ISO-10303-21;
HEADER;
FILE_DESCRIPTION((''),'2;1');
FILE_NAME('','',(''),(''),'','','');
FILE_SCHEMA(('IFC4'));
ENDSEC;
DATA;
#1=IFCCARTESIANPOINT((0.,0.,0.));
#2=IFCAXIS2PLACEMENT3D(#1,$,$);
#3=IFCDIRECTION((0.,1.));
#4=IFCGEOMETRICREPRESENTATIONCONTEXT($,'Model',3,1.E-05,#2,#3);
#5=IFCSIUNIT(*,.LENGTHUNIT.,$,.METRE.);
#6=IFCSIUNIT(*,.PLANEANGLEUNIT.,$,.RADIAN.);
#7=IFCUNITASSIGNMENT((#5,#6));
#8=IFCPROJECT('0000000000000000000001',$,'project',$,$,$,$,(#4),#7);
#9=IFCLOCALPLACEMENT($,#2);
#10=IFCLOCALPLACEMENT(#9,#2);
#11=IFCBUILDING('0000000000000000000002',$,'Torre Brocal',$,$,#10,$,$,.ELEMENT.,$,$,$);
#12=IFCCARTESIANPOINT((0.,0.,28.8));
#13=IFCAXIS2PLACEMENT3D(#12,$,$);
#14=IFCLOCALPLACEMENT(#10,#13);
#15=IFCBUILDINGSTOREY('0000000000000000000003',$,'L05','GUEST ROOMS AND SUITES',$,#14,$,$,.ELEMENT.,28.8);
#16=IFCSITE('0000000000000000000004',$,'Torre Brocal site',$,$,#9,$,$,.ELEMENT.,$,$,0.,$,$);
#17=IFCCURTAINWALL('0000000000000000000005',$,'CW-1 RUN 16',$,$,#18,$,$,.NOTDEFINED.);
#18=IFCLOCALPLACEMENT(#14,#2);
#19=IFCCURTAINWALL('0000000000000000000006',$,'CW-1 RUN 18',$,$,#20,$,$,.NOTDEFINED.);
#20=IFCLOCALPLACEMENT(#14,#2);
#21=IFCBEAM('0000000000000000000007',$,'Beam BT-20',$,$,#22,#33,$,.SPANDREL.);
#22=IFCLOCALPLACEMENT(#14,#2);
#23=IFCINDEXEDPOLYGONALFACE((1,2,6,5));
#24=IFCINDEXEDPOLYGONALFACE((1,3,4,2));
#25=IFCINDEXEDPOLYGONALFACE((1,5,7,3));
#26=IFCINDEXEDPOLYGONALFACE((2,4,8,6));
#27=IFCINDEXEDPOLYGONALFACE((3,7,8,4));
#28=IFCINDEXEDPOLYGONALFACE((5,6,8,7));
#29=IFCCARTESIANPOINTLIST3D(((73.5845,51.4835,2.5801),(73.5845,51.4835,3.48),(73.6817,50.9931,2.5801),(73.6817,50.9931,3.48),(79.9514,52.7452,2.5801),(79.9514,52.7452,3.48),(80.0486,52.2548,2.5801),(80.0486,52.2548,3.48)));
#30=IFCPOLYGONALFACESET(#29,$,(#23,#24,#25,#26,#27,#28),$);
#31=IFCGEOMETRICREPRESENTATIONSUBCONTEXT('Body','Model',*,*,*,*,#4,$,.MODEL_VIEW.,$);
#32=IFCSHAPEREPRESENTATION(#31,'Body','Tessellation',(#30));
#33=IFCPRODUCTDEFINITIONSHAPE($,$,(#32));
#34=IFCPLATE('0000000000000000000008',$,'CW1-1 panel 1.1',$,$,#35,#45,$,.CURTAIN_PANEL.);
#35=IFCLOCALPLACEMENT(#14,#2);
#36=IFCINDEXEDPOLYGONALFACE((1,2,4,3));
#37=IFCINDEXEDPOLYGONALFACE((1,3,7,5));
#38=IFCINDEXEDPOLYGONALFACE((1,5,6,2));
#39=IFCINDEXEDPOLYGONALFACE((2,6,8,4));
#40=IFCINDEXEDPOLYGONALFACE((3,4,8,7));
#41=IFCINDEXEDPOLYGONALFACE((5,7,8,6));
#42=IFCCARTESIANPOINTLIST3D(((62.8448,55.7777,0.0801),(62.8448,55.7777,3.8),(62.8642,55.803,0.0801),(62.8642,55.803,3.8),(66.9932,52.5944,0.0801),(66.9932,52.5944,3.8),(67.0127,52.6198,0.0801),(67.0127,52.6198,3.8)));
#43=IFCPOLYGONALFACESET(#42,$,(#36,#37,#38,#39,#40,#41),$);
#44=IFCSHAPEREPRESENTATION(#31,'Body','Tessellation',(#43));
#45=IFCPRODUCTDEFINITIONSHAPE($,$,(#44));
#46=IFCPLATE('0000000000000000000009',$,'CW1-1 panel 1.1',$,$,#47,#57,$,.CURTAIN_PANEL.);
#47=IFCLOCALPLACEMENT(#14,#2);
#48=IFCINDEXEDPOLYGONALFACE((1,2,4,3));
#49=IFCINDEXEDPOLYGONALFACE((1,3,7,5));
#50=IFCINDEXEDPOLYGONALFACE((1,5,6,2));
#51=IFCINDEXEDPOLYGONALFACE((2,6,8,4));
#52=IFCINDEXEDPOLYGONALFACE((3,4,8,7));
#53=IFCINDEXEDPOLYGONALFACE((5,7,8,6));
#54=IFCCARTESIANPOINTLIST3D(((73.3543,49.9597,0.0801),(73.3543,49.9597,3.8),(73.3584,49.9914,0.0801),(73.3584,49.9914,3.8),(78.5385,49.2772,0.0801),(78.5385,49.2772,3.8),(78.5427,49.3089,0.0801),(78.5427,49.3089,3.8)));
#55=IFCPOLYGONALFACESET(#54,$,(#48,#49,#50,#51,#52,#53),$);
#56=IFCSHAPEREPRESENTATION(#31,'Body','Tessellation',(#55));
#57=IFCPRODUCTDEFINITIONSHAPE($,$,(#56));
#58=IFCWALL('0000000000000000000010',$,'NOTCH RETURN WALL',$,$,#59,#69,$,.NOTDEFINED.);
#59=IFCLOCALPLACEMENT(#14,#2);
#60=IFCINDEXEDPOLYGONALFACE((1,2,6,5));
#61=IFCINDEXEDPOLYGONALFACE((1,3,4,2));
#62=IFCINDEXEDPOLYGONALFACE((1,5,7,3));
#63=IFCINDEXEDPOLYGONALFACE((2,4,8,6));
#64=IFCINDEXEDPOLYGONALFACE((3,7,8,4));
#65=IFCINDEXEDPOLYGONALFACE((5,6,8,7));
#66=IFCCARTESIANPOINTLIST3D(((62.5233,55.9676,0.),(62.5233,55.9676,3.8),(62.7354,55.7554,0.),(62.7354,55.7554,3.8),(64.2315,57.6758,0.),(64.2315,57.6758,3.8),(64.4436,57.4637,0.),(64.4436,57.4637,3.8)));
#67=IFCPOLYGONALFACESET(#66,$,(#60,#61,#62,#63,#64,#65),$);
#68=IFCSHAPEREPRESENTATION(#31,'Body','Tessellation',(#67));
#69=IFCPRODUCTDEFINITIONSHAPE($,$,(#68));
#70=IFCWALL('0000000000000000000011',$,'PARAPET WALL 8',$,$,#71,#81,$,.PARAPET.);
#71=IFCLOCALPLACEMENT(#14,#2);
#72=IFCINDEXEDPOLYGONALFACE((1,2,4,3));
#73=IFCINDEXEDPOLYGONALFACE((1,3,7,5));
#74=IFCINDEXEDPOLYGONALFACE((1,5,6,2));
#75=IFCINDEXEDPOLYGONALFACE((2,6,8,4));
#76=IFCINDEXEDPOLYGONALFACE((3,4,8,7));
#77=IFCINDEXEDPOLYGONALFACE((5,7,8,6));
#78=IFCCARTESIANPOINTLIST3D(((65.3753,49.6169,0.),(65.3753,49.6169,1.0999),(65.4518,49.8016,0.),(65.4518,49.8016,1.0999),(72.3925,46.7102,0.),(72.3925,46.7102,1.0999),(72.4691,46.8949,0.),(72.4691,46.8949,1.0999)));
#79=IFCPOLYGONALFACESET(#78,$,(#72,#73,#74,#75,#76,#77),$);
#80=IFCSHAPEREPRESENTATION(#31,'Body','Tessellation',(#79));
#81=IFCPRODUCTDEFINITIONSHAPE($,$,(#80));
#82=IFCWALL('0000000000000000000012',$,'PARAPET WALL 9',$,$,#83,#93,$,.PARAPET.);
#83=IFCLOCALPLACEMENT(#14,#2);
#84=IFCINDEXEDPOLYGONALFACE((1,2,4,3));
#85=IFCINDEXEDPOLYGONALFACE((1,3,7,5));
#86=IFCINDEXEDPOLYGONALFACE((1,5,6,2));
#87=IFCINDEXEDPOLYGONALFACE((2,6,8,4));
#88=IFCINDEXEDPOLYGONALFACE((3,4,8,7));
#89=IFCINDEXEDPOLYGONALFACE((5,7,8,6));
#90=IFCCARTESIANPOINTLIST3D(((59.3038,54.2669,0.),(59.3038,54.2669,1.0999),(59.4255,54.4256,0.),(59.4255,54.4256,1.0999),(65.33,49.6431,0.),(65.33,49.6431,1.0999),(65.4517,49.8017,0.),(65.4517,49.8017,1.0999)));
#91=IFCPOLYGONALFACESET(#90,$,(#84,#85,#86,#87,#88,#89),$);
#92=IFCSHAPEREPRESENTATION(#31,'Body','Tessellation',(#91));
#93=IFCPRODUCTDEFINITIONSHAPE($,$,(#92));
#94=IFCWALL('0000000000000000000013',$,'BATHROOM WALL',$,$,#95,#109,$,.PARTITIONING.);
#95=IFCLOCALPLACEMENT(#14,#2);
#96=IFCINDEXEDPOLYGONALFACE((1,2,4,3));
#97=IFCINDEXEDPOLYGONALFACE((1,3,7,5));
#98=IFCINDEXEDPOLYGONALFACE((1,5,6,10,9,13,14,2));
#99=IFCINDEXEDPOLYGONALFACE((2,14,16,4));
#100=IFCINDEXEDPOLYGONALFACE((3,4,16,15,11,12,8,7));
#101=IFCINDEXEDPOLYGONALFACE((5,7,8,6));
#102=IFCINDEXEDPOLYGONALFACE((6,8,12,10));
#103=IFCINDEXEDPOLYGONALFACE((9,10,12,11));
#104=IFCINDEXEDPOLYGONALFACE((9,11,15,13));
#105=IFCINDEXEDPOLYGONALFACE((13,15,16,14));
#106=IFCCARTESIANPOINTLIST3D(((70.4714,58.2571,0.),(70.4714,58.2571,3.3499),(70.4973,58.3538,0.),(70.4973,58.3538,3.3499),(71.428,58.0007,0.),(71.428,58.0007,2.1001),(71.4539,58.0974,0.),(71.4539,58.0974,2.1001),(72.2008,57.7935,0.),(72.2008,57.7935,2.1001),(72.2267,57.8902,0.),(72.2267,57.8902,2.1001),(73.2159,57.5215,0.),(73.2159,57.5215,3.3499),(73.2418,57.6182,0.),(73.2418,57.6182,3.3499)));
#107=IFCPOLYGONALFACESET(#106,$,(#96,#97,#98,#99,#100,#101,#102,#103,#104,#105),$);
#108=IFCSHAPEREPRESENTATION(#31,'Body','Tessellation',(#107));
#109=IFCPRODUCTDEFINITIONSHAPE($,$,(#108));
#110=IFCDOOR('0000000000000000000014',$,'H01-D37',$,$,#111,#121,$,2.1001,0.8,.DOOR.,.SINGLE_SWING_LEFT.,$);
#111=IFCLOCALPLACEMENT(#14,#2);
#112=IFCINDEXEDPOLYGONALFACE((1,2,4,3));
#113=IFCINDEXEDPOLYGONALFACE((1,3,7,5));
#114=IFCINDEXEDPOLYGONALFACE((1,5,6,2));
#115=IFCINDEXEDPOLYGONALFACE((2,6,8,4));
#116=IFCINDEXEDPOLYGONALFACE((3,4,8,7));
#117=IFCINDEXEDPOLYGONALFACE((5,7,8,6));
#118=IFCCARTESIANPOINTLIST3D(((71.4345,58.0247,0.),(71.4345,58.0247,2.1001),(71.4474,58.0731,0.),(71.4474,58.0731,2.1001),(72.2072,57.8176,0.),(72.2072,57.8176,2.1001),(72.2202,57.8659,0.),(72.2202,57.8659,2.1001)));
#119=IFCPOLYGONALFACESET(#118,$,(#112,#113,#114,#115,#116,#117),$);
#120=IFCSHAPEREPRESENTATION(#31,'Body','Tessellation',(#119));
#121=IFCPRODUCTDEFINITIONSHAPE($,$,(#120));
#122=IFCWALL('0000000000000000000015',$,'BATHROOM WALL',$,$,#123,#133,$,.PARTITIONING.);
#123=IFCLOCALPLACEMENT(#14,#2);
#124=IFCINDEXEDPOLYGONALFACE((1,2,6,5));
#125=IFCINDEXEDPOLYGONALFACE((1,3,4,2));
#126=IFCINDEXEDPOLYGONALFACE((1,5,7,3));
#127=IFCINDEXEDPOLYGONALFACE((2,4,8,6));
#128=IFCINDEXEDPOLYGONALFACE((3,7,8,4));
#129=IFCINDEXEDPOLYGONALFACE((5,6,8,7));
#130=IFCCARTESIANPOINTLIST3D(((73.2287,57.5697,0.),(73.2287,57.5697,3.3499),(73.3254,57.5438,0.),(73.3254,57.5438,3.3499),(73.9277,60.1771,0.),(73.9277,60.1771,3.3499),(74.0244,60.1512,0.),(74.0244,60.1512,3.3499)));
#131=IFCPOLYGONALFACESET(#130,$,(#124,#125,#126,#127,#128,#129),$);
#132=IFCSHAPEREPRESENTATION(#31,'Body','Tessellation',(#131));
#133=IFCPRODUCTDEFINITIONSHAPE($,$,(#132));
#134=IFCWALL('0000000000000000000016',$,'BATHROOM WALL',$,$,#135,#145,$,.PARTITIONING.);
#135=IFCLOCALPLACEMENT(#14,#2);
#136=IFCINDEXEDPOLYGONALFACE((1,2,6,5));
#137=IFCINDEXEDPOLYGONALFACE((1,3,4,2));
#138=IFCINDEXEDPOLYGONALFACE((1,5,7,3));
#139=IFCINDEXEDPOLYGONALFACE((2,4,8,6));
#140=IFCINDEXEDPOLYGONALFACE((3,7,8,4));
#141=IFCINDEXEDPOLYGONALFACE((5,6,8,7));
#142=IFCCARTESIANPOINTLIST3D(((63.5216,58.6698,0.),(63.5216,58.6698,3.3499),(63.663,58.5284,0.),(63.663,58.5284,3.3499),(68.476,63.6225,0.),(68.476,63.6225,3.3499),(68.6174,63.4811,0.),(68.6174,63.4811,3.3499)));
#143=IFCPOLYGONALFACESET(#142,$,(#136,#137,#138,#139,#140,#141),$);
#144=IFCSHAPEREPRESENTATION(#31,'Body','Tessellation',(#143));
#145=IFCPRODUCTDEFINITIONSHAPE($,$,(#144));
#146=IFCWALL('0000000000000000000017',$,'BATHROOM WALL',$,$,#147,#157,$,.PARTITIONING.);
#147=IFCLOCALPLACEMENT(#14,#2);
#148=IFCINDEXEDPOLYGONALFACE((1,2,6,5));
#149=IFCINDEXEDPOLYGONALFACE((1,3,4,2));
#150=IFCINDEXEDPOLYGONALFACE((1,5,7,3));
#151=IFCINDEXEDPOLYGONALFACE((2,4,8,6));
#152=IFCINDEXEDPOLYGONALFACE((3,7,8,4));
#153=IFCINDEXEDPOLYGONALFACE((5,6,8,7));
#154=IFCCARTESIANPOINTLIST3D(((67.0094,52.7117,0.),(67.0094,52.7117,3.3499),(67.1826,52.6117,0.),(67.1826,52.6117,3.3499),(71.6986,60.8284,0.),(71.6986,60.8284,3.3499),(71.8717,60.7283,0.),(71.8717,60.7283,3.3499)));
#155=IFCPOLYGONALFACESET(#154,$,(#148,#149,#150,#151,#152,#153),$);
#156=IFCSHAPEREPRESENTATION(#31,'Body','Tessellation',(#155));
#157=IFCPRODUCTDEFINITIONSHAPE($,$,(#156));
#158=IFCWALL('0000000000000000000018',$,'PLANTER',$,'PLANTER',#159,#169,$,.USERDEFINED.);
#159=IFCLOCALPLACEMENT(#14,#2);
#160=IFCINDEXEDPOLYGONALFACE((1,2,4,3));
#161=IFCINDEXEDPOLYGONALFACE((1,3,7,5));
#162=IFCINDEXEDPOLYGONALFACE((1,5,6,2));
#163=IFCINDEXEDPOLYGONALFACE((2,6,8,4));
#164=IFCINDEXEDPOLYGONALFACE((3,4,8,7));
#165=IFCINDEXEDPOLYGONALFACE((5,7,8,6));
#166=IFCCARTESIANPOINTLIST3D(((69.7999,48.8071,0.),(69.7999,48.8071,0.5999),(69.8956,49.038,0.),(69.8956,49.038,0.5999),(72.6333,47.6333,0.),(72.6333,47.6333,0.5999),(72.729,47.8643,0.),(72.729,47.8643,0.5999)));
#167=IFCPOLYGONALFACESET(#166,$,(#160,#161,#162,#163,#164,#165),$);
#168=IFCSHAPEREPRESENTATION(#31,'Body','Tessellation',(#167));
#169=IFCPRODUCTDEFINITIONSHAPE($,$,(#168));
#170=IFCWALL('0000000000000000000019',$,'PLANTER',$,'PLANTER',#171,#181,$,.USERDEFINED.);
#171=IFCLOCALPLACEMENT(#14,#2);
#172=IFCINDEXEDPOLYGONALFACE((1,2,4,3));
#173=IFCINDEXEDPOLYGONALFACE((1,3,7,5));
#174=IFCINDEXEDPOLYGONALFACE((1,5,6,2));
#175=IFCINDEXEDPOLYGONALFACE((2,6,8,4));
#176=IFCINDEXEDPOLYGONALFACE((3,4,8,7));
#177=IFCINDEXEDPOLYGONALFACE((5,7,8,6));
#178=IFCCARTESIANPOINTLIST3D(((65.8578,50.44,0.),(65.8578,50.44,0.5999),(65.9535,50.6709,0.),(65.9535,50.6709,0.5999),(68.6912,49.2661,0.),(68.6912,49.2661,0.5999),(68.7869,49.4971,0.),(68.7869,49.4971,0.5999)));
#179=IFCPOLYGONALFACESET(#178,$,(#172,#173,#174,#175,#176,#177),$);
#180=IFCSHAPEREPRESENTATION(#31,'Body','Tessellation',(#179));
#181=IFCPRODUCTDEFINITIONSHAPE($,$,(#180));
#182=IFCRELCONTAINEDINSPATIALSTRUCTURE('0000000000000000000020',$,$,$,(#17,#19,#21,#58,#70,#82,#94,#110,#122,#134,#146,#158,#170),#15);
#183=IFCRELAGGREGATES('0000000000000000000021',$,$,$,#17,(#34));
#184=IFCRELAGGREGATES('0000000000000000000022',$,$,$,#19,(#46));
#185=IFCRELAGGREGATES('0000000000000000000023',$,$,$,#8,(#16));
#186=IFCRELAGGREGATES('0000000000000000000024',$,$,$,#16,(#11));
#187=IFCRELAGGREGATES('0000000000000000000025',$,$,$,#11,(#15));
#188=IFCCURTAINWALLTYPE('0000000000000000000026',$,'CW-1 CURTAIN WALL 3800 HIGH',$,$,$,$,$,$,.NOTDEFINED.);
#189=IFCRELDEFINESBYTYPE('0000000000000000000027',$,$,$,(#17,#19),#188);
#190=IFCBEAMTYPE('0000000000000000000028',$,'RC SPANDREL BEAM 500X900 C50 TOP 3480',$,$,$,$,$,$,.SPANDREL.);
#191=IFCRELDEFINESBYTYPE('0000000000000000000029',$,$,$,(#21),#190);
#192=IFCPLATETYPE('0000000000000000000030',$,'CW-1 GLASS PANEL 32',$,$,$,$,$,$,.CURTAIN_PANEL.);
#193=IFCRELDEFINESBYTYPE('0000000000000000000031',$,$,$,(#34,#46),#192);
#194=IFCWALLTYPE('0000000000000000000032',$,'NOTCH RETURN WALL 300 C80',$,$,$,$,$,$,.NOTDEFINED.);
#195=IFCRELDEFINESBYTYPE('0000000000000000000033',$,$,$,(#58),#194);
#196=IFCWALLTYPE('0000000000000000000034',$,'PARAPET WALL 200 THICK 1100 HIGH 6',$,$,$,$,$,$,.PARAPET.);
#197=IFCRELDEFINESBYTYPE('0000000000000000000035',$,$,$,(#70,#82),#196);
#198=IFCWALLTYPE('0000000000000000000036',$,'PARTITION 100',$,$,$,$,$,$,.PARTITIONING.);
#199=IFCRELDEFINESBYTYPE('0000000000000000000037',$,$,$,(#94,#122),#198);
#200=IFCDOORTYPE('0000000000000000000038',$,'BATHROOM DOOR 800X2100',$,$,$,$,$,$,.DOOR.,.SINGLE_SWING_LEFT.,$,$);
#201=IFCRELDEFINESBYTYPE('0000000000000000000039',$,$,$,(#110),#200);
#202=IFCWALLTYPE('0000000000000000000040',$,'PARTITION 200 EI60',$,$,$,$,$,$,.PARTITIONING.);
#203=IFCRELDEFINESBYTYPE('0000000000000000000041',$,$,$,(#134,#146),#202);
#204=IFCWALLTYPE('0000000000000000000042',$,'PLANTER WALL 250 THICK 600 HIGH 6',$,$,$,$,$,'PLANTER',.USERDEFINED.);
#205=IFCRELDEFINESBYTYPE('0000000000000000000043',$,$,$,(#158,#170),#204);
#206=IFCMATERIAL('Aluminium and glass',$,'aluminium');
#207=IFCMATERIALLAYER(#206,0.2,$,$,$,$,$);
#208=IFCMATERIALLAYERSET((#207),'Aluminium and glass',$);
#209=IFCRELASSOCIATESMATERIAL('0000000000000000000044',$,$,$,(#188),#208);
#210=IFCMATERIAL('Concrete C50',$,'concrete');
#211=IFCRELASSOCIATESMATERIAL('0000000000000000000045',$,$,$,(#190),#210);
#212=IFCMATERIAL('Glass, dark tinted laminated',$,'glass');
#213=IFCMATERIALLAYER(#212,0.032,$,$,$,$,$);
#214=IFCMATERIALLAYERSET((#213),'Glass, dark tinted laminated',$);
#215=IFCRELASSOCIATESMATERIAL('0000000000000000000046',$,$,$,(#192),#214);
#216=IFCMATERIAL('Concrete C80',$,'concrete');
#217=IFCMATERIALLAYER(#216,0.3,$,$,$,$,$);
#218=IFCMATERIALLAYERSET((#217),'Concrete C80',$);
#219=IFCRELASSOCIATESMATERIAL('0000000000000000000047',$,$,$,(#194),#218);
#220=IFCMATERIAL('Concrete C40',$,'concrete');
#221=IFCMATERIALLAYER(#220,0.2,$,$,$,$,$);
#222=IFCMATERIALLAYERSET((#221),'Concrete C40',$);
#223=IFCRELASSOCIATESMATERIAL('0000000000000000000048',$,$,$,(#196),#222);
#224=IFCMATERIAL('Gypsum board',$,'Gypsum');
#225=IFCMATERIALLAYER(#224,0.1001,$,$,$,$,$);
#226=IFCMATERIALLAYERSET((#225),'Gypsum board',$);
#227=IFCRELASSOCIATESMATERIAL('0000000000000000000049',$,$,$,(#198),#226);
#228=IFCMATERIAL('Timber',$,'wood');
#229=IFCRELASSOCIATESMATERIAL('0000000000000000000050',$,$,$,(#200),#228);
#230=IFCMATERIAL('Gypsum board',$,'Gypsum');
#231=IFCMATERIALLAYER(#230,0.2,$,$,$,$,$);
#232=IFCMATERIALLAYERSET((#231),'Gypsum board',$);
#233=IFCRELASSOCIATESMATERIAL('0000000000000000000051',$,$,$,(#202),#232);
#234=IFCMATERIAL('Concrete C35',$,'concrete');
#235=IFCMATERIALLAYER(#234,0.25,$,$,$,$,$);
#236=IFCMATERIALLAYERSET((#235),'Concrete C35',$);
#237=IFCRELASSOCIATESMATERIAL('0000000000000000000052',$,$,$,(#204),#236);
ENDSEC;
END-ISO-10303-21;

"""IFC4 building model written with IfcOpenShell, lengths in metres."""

from ifc_helpers import new_model, si_unit, direction, frame, frame_2d, origin, origin_2d, place, context, subcontext, project, spatial, rectangle, extrude, material, layer, layer_set, material_profile, profile_set, type_object, element, fill, aggregate, save


model = new_model("IFC4")

# Units and contexts
model_context = context("Model", 3, precision=1e-05, world=origin(), true_north=direction((0.0, 1.0)))
body_context = subcontext(model_context, "Body", "Model", "MODEL_VIEW")
ifc_project = project(units=[si_unit("LENGTHUNIT", "METRE"), si_unit("PLANEANGLEUNIT", "RADIAN")], contexts=[model_context])

# Site, building, storey
site_placement = place(None, origin())
site = spatial("IfcSite", under=ifc_project, at=site_placement, Name="Torre Brocal site", CompositionType="ELEMENT", RefElevation=0.0)
building_placement = place(site_placement, origin())
building = spatial("IfcBuilding", under=site, at=building_placement, Name="Torre Brocal", CompositionType="ELEMENT")
storey_placement = place(building_placement, frame((0.0, 0.0, 28.8)))
storey = spatial("IfcBuildingStorey", under=building, at=storey_placement, Name="L05", Description="GUEST ROOMS AND SUITES", CompositionType="ELEMENT", Elevation=28.8)

# Shared definitions
ifc_material_1 = material(Name="Aluminium and glass", Category="aluminium")
ifc_layer_1 = layer(ifc_material_1, 0.2)
ifc_layer_set_1 = layer_set([ifc_layer_1], Name="Aluminium and glass")
curtain_wall_type = type_object("IfcCurtainWallType", Name="CW-1 CURTAIN WALL 3800 HIGH", PredefinedType="NOTDEFINED", material=ifc_layer_set_1)

# Curtain wall
curtain_wall_1_placement = place(storey_placement, origin())
curtain_wall_1 = element("IfcCurtainWall", 1, at=curtain_wall_1_placement, inside=storey, type_object=curtain_wall_type, Name="CW-1 RUN 16", PredefinedType="NOTDEFINED")

# Curtain wall
curtain_wall_2_placement = place(storey_placement, origin())
curtain_wall_2 = element("IfcCurtainWall", 2, at=curtain_wall_2_placement, inside=storey, type_object=curtain_wall_type, Name="CW-1 RUN 18", PredefinedType="NOTDEFINED")

# Beam
ifc_material_2 = material(Name="Concrete C50", Category="concrete")
ifc_material_profile_1 = material_profile(ifc_material_2, rectangle(XDim=0.5, YDim=0.8999, at=origin_2d()), Name="RC 500X900")
ifc_profile_set_1 = profile_set([ifc_material_profile_1], Name="Concrete C50")
beam_type_1 = type_object("IfcBeamType", Name="RC SPANDREL BEAM 500X900 C50 TOP 3480", PredefinedType="SPANDREL", material=ifc_profile_set_1)
beam_1_placement = place(storey_placement, frame((73.6331, 51.2383, 3.03), z_axis=(0.980925, 0.194387, 0.0), x_axis=(-0.194387, 0.980925, 0.0)))
element("IfcBeam", 3, at=beam_1_placement, inside=storey, type_object=beam_type_1, Name="Beam BT-20", PredefinedType="SPANDREL", context=body_context, shape_type="SweptSolid", body=[
    extrude(rectangle(XDim=0.5, YDim=0.8999, at=origin_2d()), origin(), (0.0, 0.0, 1.0), 6.4907),
])

# Plates
ifc_material_3 = material(Name="Glass, dark tinted laminated", Category="glass")
ifc_layer_2 = layer(ifc_material_3, 0.032)
ifc_layer_set_2 = layer_set([ifc_layer_2], Name="Glass, dark tinted laminated")
plate_type = type_object("IfcPlateType", Name="CW-1 GLASS PANEL 32", PredefinedType="CURTAIN_PANEL", material=ifc_layer_set_2)
plate_1_placement = place(storey_placement, frame((64.9287, 54.1987, 0.0801), z_axis=(0.0, 0.0, 1.0), x_axis=(0.793353, -0.608761, 0.0)))
plate_1 = element("IfcPlate", 4, at=plate_1_placement, type_object=plate_type, Name="CW1-1 panel 1.1", PredefinedType="CURTAIN_PANEL", context=body_context, shape_type="SweptSolid", body=[
    extrude(rectangle(XDim=5.229, YDim=0.032, at=origin_2d()), origin(), (0.0, 0.0, 1.0), 3.72),
])
aggregate(curtain_wall_1, [plate_1])
plate_2_placement = place(storey_placement, frame((75.9485, 49.6343, 0.0801), z_axis=(0.0, 0.0, 1.0), x_axis=(0.991445, -0.130526, 0.0)))
plate_2 = element("IfcPlate", 5, at=plate_2_placement, type_object=plate_type, Name="CW1-1 panel 1.1", PredefinedType="CURTAIN_PANEL", context=body_context, shape_type="SweptSolid", body=[
    extrude(rectangle(XDim=5.229, YDim=0.032, at=origin_2d()), origin(), (0.0, 0.0, 1.0), 3.72),
])
aggregate(curtain_wall_2, [plate_2])

# Walls
ifc_material_4 = material(Name="Concrete C80", Category="concrete")
ifc_layer_3 = layer(ifc_material_4, 0.3)
ifc_layer_set_3 = layer_set([ifc_layer_3], Name="Concrete C80")
wall_type_1 = type_object("IfcWallType", Name="NOTCH RETURN WALL 300 C80", PredefinedType="NOTDEFINED", material=ifc_layer_set_3)
wall_1_placement = place(storey_placement, frame((64.3376, 57.5698, 0.0), z_axis=(0.0, 0.0, 1.0), x_axis=(-0.707107, -0.707107, 0.0)))
element("IfcWall", 6, at=wall_1_placement, inside=storey, type_object=wall_type_1, Name="NOTCH RETURN WALL", PredefinedType="NOTDEFINED", context=body_context, shape_type="SweptSolid", body=[
    extrude(rectangle(XDim=2.4158, YDim=0.3, at=frame_2d((1.208, 0.0))), origin(), (0.0, 0.0, 1.0), 3.8),
])
ifc_material_5 = material(Name="Concrete C40", Category="concrete")
ifc_layer_4 = layer(ifc_material_5, 0.2)
ifc_layer_set_4 = layer_set([ifc_layer_4], Name="Concrete C40")
wall_type_2 = type_object("IfcWallType", Name="PARAPET WALL 200 THICK 1100 HIGH 6", PredefinedType="PARAPET", material=ifc_layer_set_4)
wall_2_placement = place(storey_placement, frame((72.4309, 46.8025, 0.0), z_axis=(0.0, 0.0, 1.0), x_axis=(-0.923877, 0.382691, 0.0)))
element("IfcWall", 7, at=wall_2_placement, inside=storey, type_object=wall_type_2, Name="PARAPET WALL 8", PredefinedType="PARAPET", context=body_context, shape_type="SweptSolid", body=[
    extrude(rectangle(XDim=7.5955, YDim=0.2, at=frame_2d((3.7979, 0.0))), origin(), (0.0, 0.0, 1.0), 1.0999),
])
wall_3_placement = place(storey_placement, frame((65.3909, 49.7224, 0.0), z_axis=(0.0, 0.0, 1.0), x_axis=(-0.793368, 0.608743, 0.0)))
element("IfcWall", 8, at=wall_3_placement, inside=storey, type_object=wall_type_2, Name="PARAPET WALL 9", PredefinedType="PARAPET", context=body_context, shape_type="SweptSolid", body=[
    extrude(rectangle(XDim=7.5957, YDim=0.2, at=frame_2d((3.7979, 0.0))), origin(), (0.0, 0.0, 1.0), 1.0999),
])

# Wall, opening, door
ifc_material_6 = material(Name="Gypsum board", Category="Gypsum")
ifc_layer_5 = layer(ifc_material_6, 0.1001)
ifc_layer_set_5 = layer_set([ifc_layer_5], Name="Gypsum board")
wall_type_3 = type_object("IfcWallType", Name="PARTITION 100", PredefinedType="PARTITIONING", material=ifc_layer_set_5)
wall_4_placement = place(storey_placement, frame((70.4844, 58.3054, 0.0), z_axis=(0.0, 0.0, 1.0), x_axis=(0.965905, -0.258898, 0.0)))
wall_4 = element("IfcWall", 9, at=wall_4_placement, inside=storey, type_object=wall_type_3, Name="BATHROOM WALL", PredefinedType="PARTITIONING", context=body_context, shape_type="SweptSolid", body=[
    extrude(rectangle(XDim=2.8413, YDim=0.1001, at=frame_2d((1.4207, 0.0))), origin(), (0.0, 0.0, 1.0), 3.3499),
])
opening_1_placement = place(wall_4_placement, frame((0.9905, 0.0, 0.0)))
opening_1 = element("IfcOpeningElement", 10, at=opening_1_placement, cuts=wall_4, PredefinedType="OPENING", context=body_context, shape_type="SweptSolid", body=[
    extrude(rectangle(XDim=0.8, YDim=2.1001, at=frame_2d((0.3999, 1.05))), frame((0.0, 0.0601, 0.0), z_axis=(0.0, -1.0, 0.0), x_axis=(1.0, 0.0, 0.0)), (0.0, 0.0, 1.0), 0.1201),
])
ifc_material_7 = material(Name="Timber", Category="wood")
door_type_1 = type_object("IfcDoorType", Name="BATHROOM DOOR 800X2100", OperationType="SINGLE_SWING_LEFT", PredefinedType="DOOR", material=ifc_material_7)
door_1_placement = place(opening_1_placement, origin())
door_1 = element("IfcDoor", 11, at=door_1_placement, inside=storey, type_object=door_type_1, Name="H01-D37", OperationType="SINGLE_SWING_LEFT", OverallHeight=2.1001, OverallWidth=0.8, PredefinedType="DOOR", context=body_context, shape_type="SweptSolid", body=[
    extrude(rectangle(XDim=0.8, YDim=2.1001, at=frame_2d((0.3999, 1.05))), frame((0.0, 0.0249, 0.0), z_axis=(0.0, -1.0, 0.0), x_axis=(1.0, 0.0, 0.0)), (0.0, 0.0, 1.0), 0.05),
])
fill(opening_1, door_1)

# Walls
wall_5_placement = place(storey_placement, frame((73.2771, 57.5569, 0.0), z_axis=(0.0, 0.0, 1.0), x_axis=(0.258929, 0.965896, 0.0)))
element("IfcWall", 12, at=wall_5_placement, inside=storey, type_object=wall_type_3, Name="BATHROOM WALL", PredefinedType="PARTITIONING", context=body_context, shape_type="SweptSolid", body=[
    extrude(rectangle(XDim=2.6995, YDim=0.1001, at=frame_2d((1.3496, 0.0))), origin(), (0.0, 0.0, 1.0), 3.3499),
])
ifc_material_8 = material(Name="Gypsum board", Category="Gypsum")
ifc_layer_6 = layer(ifc_material_8, 0.2)
ifc_layer_set_6 = layer_set([ifc_layer_6], Name="Gypsum board")
wall_type_4 = type_object("IfcWallType", Name="PARTITION 200 EI60", PredefinedType="PARTITIONING", material=ifc_layer_set_6)
wall_6_placement = place(storey_placement, frame((63.5923, 58.5991, 0.0), z_axis=(0.0, 0.0, 1.0), x_axis=(0.707229, 0.706985, 0.0)))
element("IfcWall", 13, at=wall_6_placement, inside=storey, type_object=wall_type_4, Name="BATHROOM WALL", PredefinedType="PARTITIONING", context=body_context, shape_type="SweptSolid", body=[
    extrude(rectangle(XDim=7.0054, YDim=0.2, at=frame_2d((3.5027, 0.0))), origin(), (0.0, 0.0, 1.0), 3.3499),
])
wall_7_placement = place(storey_placement, frame((67.0959, 52.6616, 0.0), z_axis=(0.0, 0.0, 1.0), x_axis=(0.500242, 0.865885, 0.0)))
element("IfcWall", 14, at=wall_7_placement, inside=storey, type_object=wall_type_4, Name="BATHROOM WALL", PredefinedType="PARTITIONING", context=body_context, shape_type="SweptSolid", body=[
    extrude(rectangle(XDim=9.3738, YDim=0.2, at=frame_2d((4.687, 0.0))), origin(), (0.0, 0.0, 1.0), 3.3499),
])
ifc_material_9 = material(Name="Concrete C35", Category="concrete")
ifc_layer_7 = layer(ifc_material_9, 0.25)
ifc_layer_set_7 = layer_set([ifc_layer_7], Name="Concrete C35")
wall_type_5 = type_object("IfcWallType", Name="PLANTER WALL 250 THICK 600 HIGH 6", ElementType="PLANTER", PredefinedType="USERDEFINED", material=ifc_layer_set_7)
for number, where, z_axis, x_axis, name in (
    (15, (72.6812, 47.7488, 0.0), (0.0, 0.0, 1.0), (-0.923862, 0.382727, 0.0), "PLANTER"),
    (16, (68.739, 49.3816, 0.0), (0.0, 0.0, 1.0), (-0.92385, 0.382755, 0.0), "PLANTER"),
):
    element("IfcWall", number, at=place(storey_placement, frame(where, z_axis=z_axis, x_axis=x_axis)), inside=storey, type_object=wall_type_5, Name=name, ObjectType="PLANTER", PredefinedType="USERDEFINED", context=body_context, shape_type="SweptSolid", body=[
        extrude(rectangle(XDim=3.0669, YDim=0.25, at=frame_2d((1.5334, 0.0))), origin(), (0.0, 0.0, 1.0), 0.5999),
    ])

save(model, "model.ifc")
